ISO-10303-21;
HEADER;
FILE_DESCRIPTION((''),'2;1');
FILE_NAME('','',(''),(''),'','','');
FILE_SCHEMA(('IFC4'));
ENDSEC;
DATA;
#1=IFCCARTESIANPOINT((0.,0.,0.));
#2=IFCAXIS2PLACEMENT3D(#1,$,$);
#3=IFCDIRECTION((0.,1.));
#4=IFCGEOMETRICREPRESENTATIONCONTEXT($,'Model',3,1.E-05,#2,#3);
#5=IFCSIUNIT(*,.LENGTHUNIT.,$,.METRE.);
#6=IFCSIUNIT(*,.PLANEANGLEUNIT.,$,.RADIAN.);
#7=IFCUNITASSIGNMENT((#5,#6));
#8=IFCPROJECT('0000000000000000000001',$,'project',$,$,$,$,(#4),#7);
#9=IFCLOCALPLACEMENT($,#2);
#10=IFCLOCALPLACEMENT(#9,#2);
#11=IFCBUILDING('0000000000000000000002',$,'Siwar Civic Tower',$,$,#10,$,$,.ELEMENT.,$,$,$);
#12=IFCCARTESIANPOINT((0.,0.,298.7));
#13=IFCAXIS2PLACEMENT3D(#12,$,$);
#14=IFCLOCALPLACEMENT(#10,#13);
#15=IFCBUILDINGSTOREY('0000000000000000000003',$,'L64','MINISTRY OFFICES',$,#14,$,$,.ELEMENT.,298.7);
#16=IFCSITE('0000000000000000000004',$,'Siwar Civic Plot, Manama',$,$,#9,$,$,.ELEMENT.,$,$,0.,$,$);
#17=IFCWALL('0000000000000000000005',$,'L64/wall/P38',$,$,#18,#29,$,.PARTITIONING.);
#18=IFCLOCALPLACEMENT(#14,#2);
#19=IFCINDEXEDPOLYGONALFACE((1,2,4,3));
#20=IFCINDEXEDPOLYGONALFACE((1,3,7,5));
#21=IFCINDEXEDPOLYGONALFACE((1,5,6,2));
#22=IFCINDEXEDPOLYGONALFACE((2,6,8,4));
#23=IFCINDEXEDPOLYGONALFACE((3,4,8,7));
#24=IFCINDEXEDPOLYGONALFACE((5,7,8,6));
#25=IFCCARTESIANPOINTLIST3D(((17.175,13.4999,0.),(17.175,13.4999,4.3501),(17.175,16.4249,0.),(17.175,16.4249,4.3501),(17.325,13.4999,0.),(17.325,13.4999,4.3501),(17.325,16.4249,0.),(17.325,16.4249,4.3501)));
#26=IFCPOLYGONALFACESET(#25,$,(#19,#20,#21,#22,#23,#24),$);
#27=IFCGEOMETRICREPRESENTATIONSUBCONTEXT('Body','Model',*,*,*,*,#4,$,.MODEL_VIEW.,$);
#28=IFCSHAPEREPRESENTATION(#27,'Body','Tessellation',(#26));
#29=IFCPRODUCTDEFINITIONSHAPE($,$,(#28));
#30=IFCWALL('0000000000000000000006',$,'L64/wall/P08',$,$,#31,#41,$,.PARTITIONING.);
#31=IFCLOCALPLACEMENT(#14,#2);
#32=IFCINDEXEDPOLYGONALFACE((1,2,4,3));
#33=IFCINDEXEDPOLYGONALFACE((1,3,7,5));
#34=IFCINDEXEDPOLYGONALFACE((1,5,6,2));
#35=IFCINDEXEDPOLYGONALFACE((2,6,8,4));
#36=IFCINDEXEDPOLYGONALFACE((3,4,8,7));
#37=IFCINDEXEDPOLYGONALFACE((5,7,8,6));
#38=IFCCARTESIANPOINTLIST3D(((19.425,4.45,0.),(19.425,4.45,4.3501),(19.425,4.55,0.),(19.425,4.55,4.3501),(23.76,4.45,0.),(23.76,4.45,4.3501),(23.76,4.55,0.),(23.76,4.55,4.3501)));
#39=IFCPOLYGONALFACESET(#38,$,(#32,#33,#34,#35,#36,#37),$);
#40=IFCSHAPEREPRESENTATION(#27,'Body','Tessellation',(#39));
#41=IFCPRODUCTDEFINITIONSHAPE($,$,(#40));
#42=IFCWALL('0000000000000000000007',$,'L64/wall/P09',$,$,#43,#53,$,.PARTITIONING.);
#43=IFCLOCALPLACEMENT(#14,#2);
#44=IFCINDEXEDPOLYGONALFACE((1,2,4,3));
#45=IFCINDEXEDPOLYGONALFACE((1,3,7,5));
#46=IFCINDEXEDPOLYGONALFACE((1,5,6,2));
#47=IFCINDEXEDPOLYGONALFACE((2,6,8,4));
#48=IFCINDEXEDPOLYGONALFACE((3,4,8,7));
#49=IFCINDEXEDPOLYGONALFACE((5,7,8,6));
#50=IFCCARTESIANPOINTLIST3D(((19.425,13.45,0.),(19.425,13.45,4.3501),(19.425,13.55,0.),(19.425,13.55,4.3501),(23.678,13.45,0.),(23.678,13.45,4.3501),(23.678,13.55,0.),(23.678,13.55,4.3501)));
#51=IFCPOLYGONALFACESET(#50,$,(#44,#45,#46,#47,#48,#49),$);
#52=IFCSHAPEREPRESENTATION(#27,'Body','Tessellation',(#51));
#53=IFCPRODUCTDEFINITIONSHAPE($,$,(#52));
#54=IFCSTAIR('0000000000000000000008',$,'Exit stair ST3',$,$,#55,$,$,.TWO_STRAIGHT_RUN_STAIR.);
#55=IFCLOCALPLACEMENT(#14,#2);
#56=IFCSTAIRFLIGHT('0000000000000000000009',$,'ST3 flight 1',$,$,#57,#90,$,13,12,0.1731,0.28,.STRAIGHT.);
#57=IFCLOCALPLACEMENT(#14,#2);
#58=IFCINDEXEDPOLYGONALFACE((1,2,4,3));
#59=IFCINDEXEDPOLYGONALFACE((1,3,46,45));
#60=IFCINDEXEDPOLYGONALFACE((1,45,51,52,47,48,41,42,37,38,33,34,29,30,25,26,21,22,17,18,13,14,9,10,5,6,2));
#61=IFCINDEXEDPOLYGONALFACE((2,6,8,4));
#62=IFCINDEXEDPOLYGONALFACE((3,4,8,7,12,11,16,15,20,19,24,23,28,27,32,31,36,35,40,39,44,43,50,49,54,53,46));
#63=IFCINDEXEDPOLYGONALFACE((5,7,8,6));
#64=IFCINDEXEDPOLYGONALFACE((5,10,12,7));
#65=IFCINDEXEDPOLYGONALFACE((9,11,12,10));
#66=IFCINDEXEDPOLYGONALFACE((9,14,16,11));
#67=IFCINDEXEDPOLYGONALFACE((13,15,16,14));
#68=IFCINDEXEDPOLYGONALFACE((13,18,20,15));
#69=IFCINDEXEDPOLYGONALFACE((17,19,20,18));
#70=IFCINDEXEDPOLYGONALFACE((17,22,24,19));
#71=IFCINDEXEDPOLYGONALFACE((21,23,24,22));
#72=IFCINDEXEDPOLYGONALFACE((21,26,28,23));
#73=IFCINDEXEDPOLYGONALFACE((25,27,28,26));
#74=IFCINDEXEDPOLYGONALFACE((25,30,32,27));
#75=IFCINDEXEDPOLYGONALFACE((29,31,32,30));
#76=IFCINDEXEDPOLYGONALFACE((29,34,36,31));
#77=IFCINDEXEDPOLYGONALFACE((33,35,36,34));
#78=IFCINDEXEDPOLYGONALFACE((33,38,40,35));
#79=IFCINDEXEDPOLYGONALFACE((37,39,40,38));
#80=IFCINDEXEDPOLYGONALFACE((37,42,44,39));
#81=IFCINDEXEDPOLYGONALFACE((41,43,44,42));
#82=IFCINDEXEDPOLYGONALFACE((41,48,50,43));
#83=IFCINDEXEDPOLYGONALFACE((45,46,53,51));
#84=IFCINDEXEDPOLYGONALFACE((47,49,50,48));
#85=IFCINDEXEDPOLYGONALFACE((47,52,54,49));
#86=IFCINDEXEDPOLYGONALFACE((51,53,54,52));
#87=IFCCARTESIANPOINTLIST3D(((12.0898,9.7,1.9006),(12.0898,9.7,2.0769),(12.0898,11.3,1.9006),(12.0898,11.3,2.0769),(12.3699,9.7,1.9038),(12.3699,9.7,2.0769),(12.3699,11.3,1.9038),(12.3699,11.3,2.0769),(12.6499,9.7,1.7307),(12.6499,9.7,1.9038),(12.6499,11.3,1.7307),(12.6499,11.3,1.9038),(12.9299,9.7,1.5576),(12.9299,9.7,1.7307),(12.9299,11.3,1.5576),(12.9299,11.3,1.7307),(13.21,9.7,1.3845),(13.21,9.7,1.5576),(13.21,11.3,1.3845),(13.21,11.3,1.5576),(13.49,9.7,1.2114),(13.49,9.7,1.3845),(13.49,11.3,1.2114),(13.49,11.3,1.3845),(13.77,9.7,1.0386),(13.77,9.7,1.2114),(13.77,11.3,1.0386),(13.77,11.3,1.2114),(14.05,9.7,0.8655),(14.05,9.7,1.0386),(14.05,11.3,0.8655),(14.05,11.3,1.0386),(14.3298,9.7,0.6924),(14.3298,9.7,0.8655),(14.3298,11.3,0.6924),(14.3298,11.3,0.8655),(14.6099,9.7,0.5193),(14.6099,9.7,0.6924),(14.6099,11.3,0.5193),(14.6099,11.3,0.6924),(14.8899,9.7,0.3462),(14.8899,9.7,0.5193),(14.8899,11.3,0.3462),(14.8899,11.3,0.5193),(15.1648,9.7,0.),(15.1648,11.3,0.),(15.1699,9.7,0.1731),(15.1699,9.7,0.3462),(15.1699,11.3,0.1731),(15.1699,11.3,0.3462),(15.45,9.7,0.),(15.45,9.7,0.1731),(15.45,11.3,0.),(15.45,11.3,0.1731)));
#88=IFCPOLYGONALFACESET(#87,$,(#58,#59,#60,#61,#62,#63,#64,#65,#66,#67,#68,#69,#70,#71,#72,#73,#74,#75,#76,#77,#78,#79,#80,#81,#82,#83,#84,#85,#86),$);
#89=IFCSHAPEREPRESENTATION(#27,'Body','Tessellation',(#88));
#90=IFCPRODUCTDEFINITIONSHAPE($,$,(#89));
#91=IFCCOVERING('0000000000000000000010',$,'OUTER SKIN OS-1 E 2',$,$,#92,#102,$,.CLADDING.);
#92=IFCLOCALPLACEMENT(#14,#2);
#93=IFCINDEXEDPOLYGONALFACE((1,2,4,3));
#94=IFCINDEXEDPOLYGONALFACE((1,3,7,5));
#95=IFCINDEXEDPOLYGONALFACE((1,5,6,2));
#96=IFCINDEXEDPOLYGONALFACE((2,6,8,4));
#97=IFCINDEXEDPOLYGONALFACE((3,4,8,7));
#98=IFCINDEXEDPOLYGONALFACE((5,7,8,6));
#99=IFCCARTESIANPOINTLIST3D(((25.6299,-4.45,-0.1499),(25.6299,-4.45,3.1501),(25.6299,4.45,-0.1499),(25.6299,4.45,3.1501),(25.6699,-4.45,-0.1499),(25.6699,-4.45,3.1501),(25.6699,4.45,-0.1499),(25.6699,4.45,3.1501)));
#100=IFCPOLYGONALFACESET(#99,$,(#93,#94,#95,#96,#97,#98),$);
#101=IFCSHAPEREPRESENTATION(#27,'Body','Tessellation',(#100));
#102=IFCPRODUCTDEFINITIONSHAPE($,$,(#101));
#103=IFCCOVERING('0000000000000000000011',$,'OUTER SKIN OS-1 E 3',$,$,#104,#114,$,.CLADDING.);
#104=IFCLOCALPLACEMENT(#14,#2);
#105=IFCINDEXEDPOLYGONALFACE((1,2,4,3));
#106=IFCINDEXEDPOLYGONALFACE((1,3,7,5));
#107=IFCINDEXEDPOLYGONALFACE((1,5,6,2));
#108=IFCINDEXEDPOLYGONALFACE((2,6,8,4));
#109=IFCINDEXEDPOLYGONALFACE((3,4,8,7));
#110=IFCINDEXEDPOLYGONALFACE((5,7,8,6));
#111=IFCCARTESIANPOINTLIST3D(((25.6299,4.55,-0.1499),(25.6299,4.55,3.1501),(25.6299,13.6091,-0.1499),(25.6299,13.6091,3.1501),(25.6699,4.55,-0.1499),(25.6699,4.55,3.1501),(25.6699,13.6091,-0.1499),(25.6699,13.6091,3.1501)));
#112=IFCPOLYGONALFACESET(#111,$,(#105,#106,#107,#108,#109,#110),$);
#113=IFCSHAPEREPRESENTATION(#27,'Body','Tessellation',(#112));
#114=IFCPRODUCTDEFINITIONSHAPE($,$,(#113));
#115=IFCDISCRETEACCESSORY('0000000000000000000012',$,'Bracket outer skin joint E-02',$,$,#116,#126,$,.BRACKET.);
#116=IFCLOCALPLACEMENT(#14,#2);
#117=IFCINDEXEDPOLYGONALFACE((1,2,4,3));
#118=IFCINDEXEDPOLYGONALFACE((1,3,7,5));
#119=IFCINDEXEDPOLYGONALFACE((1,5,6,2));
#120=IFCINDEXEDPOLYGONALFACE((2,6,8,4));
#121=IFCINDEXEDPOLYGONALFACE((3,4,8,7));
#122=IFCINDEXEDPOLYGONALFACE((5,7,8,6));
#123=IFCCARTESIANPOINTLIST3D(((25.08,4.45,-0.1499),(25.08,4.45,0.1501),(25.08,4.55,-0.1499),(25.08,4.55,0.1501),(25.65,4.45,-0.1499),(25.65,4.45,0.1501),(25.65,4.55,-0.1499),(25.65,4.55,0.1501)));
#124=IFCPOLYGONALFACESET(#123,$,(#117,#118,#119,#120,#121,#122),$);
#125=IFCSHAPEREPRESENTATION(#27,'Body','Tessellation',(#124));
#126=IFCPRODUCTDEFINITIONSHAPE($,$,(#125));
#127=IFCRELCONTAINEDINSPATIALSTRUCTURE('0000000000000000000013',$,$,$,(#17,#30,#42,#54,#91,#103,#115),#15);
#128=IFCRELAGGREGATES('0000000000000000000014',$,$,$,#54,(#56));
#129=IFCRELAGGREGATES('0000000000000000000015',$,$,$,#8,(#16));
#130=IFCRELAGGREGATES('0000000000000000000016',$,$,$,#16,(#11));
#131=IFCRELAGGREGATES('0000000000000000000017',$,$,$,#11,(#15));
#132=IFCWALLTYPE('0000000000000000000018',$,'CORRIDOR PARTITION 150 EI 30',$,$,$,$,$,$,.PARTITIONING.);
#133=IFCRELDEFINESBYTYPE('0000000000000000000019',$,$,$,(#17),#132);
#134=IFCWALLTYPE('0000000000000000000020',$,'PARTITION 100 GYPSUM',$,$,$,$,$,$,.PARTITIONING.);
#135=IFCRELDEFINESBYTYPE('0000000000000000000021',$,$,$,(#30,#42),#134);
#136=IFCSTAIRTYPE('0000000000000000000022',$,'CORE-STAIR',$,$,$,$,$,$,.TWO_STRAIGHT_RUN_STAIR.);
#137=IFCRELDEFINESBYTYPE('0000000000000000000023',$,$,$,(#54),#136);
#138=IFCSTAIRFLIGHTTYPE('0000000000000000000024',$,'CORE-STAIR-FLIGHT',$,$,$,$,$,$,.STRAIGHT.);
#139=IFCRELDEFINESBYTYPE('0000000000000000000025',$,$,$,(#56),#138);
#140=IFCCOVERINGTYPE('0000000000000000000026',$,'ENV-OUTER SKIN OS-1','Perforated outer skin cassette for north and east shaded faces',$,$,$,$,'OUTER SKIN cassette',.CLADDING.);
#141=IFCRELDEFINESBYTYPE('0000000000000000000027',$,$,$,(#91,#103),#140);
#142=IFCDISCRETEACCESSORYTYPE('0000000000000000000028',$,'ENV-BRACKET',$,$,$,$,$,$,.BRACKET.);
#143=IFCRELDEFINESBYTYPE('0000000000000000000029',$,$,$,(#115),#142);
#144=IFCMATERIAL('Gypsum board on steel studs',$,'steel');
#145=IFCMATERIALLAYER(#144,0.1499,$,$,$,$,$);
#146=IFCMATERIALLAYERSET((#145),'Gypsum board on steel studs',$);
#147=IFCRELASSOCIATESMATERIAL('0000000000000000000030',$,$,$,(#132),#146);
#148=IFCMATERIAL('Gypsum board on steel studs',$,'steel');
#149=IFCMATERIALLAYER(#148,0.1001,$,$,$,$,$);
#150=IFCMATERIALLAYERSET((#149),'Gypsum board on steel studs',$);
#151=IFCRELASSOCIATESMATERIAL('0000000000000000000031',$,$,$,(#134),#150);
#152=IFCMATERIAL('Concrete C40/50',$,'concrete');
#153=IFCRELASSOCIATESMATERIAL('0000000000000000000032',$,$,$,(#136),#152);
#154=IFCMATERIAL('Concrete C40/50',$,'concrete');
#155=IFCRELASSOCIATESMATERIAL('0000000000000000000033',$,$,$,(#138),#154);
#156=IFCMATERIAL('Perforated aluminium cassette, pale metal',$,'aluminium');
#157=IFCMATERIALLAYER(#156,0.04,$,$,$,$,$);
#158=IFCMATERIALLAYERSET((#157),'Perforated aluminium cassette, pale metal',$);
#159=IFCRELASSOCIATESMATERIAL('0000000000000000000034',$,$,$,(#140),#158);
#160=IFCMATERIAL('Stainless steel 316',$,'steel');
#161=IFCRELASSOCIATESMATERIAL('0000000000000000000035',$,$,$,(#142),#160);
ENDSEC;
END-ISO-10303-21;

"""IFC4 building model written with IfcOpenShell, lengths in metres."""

from ifc_helpers import new_model, si_unit, direction, frame, frame_2d, origin, origin_2d, place, context, subcontext, project, spatial, polyline, rectangle, outline, extrude, material, layer, layer_set, type_object, element, aggregate, save


model = new_model("IFC4")

# Units and contexts
model_context = context("Model", 3, precision=1e-05, world=origin(), true_north=direction((0.0, 1.0)))
body_context = subcontext(model_context, "Body", "Model", "MODEL_VIEW")
ifc_project = project(units=[si_unit("LENGTHUNIT", "METRE"), si_unit("PLANEANGLEUNIT", "RADIAN")], contexts=[model_context])

# Site, building, storey
site_placement = place(None, origin())
site = spatial("IfcSite", under=ifc_project, at=site_placement, Name="Siwar Civic Plot, Manama", CompositionType="ELEMENT", RefElevation=0.0)
building_placement = place(site_placement, origin())
building = spatial("IfcBuilding", under=site, at=building_placement, Name="Siwar Civic Tower", CompositionType="ELEMENT")
storey_placement = place(building_placement, frame((0.0, 0.0, 298.7)))
storey = spatial("IfcBuildingStorey", under=building, at=storey_placement, Name="L64", Description="MINISTRY OFFICES", CompositionType="ELEMENT", Elevation=298.7)

# Walls
ifc_material_1 = material(Name="Gypsum board on steel studs", Category="steel")
ifc_layer_1 = layer(ifc_material_1, 0.1499)
ifc_layer_set_1 = layer_set([ifc_layer_1], Name="Gypsum board on steel studs")
wall_type_1 = type_object("IfcWallType", Name="CORRIDOR PARTITION 150 EI 30", PredefinedType="PARTITIONING", material=ifc_layer_set_1)
wall_1_placement = place(storey_placement, frame((17.25, 13.5, 0.0), z_axis=(0.0, 0.0, 1.0), x_axis=(0.0, 1.0, 0.0)))
element("IfcWall", 1, at=wall_1_placement, inside=storey, type_object=wall_type_1, Name="L64/wall/P38", PredefinedType="PARTITIONING", context=body_context, shape_type="SweptSolid", body=[
    extrude(rectangle(XDim=2.925, YDim=0.1499, at=frame_2d((1.4624, 0.0))), origin(), (0.0, 0.0, 1.0), 4.3501),
])
ifc_material_2 = material(Name="Gypsum board on steel studs", Category="steel")
ifc_layer_2 = layer(ifc_material_2, 0.1001)
ifc_layer_set_2 = layer_set([ifc_layer_2], Name="Gypsum board on steel studs")
wall_type_2 = type_object("IfcWallType", Name="PARTITION 100 GYPSUM", PredefinedType="PARTITIONING", material=ifc_layer_set_2)
wall_2_placement = place(storey_placement, frame((19.425, 4.5, 0.0), z_axis=(0.0, 0.0, 1.0), x_axis=(1.0, 0.0, 0.0)))
element("IfcWall", 2, at=wall_2_placement, inside=storey, type_object=wall_type_2, Name="L64/wall/P08", PredefinedType="PARTITIONING", context=body_context, shape_type="SweptSolid", body=[
    extrude(rectangle(XDim=4.335, YDim=0.1001, at=frame_2d((2.1675, 0.0))), origin(), (0.0, 0.0, 1.0), 4.3501),
])
wall_3_placement = place(storey_placement, frame((19.425, 13.5, 0.0), z_axis=(0.0, 0.0, 1.0), x_axis=(1.0, 0.0, 0.0)))
element("IfcWall", 3, at=wall_3_placement, inside=storey, type_object=wall_type_2, Name="L64/wall/P09", PredefinedType="PARTITIONING", context=body_context, shape_type="SweptSolid", body=[
    extrude(rectangle(XDim=4.2529, YDim=0.1001, at=frame_2d((2.1265, 0.0))), origin(), (0.0, 0.0, 1.0), 4.3501),
])

# Stair, stair flight
ifc_material_3 = material(Name="Concrete C40/50", Category="concrete")
stair_type = type_object("IfcStairType", Name="CORE-STAIR", PredefinedType="TWO_STRAIGHT_RUN_STAIR", material=ifc_material_3)
stair_placement = place(storey_placement, origin())
stair = element("IfcStair", 4, at=stair_placement, inside=storey, type_object=stair_type, Name="Exit stair ST3", PredefinedType="TWO_STRAIGHT_RUN_STAIR")
ifc_material_4 = material(Name="Concrete C40/50", Category="concrete")
stair_flight_type = type_object("IfcStairFlightType", Name="CORE-STAIR-FLIGHT", PredefinedType="STRAIGHT", material=ifc_material_4)
stair_flight_placement = place(storey_placement, frame((15.45, 10.5, 0.0), z_axis=(0.0, 0.0, 1.0), x_axis=(-1.0, 0.0, 0.0)))
stair_flight = element("IfcStairFlight", 5, at=stair_flight_placement, type_object=stair_flight_type, Name="ST3 flight 1", NumberOfRisers=13, NumberOfTreads=12, PredefinedType="STRAIGHT", RiserHeight=0.1731, TreadLength=0.28, context=body_context, shape_type="SweptSolid", body=[
    extrude(outline(polyline([(0.0, 0.0), (0.0, 0.1731), (0.28, 0.1731), (0.28, 0.3462), (0.5601, 0.3462), (0.5601, 0.5193), (0.8401, 0.5193), (0.8401, 0.6924), (1.1201, 0.6924), (1.1201, 0.8655), (1.3999, 0.8655), (1.3999, 1.0386), (1.6799, 1.0386), (1.6799, 1.2114), (1.96, 1.2114), (1.96, 1.3845), (2.24, 1.3845), (2.24, 1.5576), (2.52, 1.5576), (2.52, 1.7307), (2.8, 1.7307), (2.8, 1.9038), (3.0801, 1.9038), (3.0801, 2.0769), (3.3601, 2.0769), (3.3601, 2.25), (3.3601, 1.9006), (0.2852, 0.0), (0.0, 0.0)])), frame((0.0, 0.8, 0.0), z_axis=(0.0, -1.0, 0.0), x_axis=(1.0, 0.0, 0.0)), (0.0, 0.0, 1.0), 1.6001),
])
aggregate(stair, [stair_flight])

# Coverings
ifc_material_5 = material(Name="Perforated aluminium cassette, pale metal", Category="aluminium")
ifc_layer_3 = layer(ifc_material_5, 0.04)
ifc_layer_set_3 = layer_set([ifc_layer_3], Name="Perforated aluminium cassette, pale metal")
covering_type = type_object("IfcCoveringType", Name="ENV-OUTER SKIN OS-1", Description="Perforated outer skin cassette for north and east shaded faces", ElementType="OUTER SKIN cassette", PredefinedType="CLADDING", material=ifc_layer_set_3)
covering_1_placement = place(storey_placement, frame((25.6499, 0.0, -0.1499), z_axis=(0.0, 0.0, 1.0), x_axis=(0.0, 1.0, 0.0)))
element("IfcCovering", 6, at=covering_1_placement, inside=storey, type_object=covering_type, Name="OUTER SKIN OS-1 E 2", PredefinedType="CLADDING", context=body_context, shape_type="SweptSolid", body=[
    extrude(rectangle(XDim=8.8999, YDim=0.04, at=origin_2d()), origin(), (0.0, 0.0, 1.0), 3.3),
])
covering_2_placement = place(storey_placement, frame((25.6499, 9.0796, -0.1499), z_axis=(0.0, 0.0, 1.0), x_axis=(0.0, 1.0, 0.0)))
element("IfcCovering", 7, at=covering_2_placement, inside=storey, type_object=covering_type, Name="OUTER SKIN OS-1 E 3", PredefinedType="CLADDING", context=body_context, shape_type="SweptSolid", body=[
    extrude(rectangle(XDim=9.0591, YDim=0.04, at=origin_2d()), origin(), (0.0, 0.0, 1.0), 3.3),
])

# Discrete accessory
ifc_material_6 = material(Name="Stainless steel 316", Category="steel")
discrete_accessory_type = type_object("IfcDiscreteAccessoryType", Name="ENV-BRACKET", PredefinedType="BRACKET", material=ifc_material_6)
discrete_accessory_placement = place(storey_placement, frame((25.365, 4.5, -0.1499), z_axis=(0.0, 0.0, 1.0), x_axis=(1.0, 0.0, 0.0)))
element("IfcDiscreteAccessory", 8, at=discrete_accessory_placement, inside=storey, type_object=discrete_accessory_type, Name="Bracket outer skin joint E-02", PredefinedType="BRACKET", context=body_context, shape_type="SweptSolid", body=[
    extrude(rectangle(XDim=0.5701, YDim=0.1001, at=origin_2d()), origin(), (0.0, 0.0, 1.0), 0.3),
])

save(model, "model.ifc")
